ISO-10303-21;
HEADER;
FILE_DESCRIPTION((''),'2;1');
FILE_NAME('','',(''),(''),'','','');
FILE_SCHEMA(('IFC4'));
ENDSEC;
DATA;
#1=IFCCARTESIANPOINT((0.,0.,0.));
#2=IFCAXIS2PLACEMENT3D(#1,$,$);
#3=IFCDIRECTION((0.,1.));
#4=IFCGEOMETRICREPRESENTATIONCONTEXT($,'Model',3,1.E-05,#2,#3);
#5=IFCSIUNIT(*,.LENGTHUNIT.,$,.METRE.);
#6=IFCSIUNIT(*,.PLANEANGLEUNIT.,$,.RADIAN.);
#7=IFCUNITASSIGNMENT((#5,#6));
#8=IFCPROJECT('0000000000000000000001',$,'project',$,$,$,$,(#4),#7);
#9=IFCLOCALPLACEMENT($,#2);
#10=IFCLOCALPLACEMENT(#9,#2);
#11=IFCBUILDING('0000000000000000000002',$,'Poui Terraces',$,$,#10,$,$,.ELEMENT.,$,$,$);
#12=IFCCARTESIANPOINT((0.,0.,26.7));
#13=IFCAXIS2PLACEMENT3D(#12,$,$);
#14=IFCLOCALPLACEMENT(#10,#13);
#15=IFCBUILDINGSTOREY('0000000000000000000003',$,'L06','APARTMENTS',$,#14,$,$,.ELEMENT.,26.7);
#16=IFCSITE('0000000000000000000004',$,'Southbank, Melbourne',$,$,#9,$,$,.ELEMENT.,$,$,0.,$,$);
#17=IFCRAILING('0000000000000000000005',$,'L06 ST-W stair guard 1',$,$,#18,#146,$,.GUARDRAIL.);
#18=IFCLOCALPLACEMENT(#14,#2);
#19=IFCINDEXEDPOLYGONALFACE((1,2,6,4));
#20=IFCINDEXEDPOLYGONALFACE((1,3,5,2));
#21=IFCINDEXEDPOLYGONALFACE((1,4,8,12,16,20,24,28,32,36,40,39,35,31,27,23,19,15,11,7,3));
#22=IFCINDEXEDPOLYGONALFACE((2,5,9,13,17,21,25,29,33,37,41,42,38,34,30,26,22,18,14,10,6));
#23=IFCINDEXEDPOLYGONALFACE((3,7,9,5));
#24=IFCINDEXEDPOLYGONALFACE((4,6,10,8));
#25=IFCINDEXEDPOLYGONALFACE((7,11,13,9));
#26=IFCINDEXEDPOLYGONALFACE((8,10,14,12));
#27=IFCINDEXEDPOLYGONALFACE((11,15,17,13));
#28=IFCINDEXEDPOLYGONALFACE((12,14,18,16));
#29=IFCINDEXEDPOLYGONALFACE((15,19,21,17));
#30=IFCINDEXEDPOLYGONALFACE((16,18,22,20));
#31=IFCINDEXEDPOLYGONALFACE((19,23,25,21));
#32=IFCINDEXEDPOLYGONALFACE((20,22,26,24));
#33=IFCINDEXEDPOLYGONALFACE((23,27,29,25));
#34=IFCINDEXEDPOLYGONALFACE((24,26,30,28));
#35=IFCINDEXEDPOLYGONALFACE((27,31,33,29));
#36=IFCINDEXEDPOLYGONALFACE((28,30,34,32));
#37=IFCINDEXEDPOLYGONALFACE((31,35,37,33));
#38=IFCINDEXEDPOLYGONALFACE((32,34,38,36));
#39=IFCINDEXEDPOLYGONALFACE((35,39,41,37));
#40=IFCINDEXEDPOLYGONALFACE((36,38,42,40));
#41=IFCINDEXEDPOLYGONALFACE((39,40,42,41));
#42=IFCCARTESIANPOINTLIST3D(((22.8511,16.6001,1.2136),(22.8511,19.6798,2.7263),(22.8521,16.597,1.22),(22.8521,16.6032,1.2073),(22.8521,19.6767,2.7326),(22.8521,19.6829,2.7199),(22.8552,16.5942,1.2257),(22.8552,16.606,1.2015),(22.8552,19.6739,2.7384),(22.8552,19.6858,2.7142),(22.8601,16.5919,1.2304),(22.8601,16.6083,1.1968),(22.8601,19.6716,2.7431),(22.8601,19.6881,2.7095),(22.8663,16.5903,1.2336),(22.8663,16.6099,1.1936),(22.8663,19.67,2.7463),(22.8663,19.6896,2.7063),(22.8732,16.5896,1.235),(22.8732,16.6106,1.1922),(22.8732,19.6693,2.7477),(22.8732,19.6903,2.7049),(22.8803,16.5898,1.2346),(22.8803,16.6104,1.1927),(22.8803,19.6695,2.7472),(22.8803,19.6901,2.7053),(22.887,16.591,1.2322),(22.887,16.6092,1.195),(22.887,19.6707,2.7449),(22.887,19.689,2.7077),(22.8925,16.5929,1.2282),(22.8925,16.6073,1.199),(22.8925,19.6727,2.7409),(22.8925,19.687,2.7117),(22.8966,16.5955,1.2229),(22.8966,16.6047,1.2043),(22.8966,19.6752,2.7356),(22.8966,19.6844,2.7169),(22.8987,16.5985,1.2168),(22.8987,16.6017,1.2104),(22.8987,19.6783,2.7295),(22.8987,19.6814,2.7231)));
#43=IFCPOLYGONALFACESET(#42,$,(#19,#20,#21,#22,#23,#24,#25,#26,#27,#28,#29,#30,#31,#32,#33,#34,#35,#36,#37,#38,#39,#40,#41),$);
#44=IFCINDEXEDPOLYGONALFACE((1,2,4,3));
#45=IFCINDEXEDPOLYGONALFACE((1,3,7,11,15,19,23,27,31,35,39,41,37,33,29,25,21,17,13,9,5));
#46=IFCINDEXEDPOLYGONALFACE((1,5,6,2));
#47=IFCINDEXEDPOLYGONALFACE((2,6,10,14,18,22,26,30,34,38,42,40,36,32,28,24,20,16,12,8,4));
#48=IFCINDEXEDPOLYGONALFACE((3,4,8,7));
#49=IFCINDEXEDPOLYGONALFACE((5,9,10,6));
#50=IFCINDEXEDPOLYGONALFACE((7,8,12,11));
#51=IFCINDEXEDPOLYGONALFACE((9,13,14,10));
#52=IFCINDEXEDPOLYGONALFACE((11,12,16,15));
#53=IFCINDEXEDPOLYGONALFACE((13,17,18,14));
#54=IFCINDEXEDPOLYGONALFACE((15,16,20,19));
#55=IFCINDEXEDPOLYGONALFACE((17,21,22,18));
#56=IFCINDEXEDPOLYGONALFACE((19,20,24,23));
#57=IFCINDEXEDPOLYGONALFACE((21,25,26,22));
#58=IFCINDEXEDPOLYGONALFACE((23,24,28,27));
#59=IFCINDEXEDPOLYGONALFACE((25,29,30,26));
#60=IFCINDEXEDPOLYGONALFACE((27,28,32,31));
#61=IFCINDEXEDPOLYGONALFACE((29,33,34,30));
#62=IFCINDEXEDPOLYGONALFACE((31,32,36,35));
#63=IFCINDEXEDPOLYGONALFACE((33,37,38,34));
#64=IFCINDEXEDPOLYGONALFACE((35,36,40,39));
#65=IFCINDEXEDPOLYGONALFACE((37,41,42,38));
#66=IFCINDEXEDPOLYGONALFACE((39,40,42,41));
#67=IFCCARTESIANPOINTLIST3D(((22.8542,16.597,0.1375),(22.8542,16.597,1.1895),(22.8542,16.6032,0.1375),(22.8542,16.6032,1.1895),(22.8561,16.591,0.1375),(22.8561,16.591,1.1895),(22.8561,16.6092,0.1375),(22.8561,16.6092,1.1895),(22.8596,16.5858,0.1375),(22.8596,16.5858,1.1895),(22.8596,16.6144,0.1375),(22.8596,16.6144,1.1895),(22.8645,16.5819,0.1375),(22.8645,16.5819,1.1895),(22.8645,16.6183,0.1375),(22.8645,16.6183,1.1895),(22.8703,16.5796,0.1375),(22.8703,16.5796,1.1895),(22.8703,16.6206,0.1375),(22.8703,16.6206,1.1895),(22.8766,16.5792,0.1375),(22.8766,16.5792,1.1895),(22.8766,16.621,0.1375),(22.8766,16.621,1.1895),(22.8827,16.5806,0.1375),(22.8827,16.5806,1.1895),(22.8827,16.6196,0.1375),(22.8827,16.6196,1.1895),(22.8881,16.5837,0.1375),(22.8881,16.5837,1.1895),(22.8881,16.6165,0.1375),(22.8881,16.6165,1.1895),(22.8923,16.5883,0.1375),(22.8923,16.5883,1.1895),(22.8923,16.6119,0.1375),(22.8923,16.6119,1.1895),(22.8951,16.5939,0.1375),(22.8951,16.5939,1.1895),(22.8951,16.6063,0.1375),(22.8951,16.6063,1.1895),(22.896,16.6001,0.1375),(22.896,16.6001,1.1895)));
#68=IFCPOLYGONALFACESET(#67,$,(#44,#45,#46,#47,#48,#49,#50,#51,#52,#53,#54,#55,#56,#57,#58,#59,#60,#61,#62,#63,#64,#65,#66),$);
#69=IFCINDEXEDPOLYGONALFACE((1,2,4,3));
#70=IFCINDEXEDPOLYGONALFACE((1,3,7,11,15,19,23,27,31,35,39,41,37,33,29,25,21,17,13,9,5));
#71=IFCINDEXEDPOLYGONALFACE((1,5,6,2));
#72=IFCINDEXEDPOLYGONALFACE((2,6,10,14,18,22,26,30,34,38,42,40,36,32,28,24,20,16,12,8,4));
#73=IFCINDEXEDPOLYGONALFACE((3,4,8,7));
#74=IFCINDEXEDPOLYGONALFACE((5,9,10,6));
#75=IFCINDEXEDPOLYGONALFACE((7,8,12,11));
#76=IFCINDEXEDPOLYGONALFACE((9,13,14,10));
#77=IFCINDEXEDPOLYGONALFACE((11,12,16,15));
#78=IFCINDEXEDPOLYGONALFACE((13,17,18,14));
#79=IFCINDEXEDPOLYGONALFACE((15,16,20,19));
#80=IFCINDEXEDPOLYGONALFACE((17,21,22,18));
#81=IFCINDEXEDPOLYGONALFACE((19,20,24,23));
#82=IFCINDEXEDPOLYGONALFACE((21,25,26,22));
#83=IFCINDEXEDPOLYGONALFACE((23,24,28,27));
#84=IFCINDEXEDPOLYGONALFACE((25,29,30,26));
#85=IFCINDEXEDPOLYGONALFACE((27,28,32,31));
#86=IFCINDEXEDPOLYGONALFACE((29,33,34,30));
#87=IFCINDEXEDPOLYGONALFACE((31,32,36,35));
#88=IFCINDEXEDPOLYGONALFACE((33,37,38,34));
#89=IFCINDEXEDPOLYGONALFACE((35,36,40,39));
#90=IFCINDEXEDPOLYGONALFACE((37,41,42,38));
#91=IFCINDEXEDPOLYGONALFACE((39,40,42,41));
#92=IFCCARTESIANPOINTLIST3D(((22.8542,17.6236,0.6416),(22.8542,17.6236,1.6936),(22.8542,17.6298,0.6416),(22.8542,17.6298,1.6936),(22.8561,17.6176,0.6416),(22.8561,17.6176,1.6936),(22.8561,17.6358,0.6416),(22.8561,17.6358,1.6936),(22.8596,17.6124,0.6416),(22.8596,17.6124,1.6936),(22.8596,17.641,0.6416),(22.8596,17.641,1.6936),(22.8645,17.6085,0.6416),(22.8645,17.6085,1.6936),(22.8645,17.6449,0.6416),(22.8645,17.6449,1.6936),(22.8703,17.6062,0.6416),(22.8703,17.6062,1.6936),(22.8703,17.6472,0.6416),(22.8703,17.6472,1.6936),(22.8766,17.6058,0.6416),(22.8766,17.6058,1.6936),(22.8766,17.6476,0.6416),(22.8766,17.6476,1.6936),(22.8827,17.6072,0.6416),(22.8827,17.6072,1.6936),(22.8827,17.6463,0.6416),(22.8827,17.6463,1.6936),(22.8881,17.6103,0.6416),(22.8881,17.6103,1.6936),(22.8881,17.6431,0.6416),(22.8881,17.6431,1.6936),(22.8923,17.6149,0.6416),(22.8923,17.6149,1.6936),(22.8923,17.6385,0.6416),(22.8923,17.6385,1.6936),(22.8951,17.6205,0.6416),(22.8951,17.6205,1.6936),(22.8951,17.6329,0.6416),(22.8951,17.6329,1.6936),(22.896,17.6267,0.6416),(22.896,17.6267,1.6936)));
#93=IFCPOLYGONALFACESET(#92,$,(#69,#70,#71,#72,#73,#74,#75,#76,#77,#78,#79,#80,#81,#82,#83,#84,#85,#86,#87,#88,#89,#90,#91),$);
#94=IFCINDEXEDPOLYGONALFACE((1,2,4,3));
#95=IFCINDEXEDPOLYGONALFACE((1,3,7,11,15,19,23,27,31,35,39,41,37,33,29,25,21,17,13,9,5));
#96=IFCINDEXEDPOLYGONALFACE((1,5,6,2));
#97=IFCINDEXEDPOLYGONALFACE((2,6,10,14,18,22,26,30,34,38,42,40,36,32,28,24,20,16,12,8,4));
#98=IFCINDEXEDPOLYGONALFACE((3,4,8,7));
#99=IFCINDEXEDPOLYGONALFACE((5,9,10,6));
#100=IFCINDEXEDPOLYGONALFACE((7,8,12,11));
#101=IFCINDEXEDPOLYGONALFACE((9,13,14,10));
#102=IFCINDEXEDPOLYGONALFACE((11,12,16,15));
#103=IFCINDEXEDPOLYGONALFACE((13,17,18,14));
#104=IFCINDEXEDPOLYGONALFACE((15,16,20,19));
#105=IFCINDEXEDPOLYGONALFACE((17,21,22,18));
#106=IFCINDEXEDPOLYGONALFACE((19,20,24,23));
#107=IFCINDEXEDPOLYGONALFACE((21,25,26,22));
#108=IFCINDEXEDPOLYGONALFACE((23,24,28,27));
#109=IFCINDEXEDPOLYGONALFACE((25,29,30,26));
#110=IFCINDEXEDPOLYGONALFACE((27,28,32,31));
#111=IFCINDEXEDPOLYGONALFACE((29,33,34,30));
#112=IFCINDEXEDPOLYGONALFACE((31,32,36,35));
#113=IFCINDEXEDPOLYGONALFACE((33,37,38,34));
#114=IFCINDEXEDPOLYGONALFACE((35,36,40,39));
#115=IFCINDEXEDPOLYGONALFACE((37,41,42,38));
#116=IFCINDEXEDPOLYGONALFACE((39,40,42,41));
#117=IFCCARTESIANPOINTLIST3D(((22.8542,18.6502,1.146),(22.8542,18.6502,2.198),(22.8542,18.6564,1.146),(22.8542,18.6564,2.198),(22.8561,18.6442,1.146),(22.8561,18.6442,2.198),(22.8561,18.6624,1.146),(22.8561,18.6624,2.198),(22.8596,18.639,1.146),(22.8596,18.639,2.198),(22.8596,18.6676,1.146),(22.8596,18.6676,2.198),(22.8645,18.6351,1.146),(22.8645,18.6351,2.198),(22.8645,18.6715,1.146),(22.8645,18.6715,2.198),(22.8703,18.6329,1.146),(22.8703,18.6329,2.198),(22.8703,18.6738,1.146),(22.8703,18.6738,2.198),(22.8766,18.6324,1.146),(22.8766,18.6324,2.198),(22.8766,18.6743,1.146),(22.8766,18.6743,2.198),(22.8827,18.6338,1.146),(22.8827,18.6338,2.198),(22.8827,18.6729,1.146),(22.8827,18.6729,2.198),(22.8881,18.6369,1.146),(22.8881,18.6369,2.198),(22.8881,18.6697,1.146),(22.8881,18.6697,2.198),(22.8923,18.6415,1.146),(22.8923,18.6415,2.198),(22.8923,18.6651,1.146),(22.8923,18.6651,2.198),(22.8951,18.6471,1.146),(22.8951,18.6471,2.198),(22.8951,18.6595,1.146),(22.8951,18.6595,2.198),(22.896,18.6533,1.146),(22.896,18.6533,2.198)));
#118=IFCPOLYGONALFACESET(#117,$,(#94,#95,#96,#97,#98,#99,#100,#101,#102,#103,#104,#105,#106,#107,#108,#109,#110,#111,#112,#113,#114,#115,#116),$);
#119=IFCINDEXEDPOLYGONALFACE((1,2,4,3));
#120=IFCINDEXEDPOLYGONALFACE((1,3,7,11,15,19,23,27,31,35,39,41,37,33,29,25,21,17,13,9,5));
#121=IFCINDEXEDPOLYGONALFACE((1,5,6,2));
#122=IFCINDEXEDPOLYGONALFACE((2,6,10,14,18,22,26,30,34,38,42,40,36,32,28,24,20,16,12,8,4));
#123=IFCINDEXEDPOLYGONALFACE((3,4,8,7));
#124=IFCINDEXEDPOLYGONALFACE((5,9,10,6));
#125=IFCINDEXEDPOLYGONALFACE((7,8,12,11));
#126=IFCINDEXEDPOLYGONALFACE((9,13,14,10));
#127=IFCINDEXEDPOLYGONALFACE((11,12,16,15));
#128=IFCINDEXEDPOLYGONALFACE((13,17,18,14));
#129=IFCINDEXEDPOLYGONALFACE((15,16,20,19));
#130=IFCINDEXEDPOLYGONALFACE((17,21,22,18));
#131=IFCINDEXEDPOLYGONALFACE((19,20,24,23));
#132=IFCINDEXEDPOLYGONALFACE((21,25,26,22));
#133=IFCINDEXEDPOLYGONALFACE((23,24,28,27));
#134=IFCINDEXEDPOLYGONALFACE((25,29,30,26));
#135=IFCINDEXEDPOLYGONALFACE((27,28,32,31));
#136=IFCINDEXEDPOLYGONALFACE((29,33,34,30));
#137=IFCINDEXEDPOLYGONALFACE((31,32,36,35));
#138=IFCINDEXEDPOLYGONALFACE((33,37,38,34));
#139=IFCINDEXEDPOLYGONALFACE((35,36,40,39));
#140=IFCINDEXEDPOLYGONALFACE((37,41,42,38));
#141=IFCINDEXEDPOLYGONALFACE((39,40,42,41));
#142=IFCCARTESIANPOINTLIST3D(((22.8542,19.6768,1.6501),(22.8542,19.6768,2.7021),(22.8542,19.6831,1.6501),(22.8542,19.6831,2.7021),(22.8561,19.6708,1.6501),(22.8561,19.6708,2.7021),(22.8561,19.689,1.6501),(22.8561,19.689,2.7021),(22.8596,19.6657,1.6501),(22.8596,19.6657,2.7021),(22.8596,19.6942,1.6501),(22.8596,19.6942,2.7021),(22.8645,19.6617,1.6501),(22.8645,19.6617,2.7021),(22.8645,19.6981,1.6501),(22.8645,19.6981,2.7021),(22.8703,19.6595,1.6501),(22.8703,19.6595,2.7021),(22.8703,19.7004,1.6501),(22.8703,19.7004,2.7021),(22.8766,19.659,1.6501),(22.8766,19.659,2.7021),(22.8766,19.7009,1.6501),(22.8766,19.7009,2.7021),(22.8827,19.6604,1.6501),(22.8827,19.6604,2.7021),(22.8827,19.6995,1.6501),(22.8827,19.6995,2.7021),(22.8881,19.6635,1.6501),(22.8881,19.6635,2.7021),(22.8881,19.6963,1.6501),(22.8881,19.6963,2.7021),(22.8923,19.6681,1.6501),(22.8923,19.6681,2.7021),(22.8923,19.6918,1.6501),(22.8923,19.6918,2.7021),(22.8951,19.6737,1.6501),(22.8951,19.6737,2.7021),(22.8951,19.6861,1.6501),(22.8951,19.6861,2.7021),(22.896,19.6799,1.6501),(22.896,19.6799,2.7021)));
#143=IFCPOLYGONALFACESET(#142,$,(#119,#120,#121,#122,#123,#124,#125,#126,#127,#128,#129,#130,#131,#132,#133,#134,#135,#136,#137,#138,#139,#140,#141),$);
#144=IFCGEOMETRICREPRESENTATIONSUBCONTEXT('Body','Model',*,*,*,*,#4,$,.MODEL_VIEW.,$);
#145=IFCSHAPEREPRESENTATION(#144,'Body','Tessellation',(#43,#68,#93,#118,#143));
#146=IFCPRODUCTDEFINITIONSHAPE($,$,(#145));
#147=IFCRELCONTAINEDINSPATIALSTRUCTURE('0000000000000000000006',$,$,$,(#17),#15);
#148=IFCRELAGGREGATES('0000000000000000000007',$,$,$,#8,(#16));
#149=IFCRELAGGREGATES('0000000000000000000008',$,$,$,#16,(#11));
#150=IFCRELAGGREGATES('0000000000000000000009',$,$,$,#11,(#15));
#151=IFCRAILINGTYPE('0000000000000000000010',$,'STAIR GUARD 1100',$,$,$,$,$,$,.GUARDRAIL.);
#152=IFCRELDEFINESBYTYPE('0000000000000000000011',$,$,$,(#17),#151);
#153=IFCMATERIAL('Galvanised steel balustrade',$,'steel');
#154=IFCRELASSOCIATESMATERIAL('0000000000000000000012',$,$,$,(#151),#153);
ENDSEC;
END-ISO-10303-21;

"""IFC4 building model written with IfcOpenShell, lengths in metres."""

from ifc_helpers import new_model, si_unit, direction, frame, origin, origin_2d, place, context, subcontext, project, spatial, circle, extrude, material, type_object, element, save


model = new_model("IFC4")

# Units and contexts
model_context = context("Model", 3, precision=1e-05, world=origin(), true_north=direction((0.0, 1.0)))
body_context = subcontext(model_context, "Body", "Model", "MODEL_VIEW")
ifc_project = project(units=[si_unit("LENGTHUNIT", "METRE"), si_unit("PLANEANGLEUNIT", "RADIAN")], contexts=[model_context])

# Site, building, storey
site_placement = place(None, origin())
site = spatial("IfcSite", under=ifc_project, at=site_placement, Name="Southbank, Melbourne", CompositionType="ELEMENT", RefElevation=0.0)
building_placement = place(site_placement, origin())
building = spatial("IfcBuilding", under=site, at=building_placement, Name="Poui Terraces", CompositionType="ELEMENT")
storey_placement = place(building_placement, frame((0.0, 0.0, 26.7)))
storey = spatial("IfcBuildingStorey", under=building, at=storey_placement, Name="L06", Description="APARTMENTS", CompositionType="ELEMENT", Elevation=26.7)

# Railing
ifc_material_1 = material(Name="Galvanised steel balustrade", Category="steel")
railing_type_1 = type_object("IfcRailingType", Name="STAIR GUARD 1100", PredefinedType="GUARDRAIL", material=ifc_material_1)
railing_1_placement = place(storey_placement, frame((22.875, 16.6001, 0.1375)))
element("IfcRailing", 1, at=railing_1_placement, inside=storey, type_object=railing_type_1, Name="L06 ST-W stair guard 1", PredefinedType="GUARDRAIL", context=body_context, shape_type="SweptSolid", body=[
    extrude(circle(Radius=0.0239, at=origin_2d()), frame((0.0, 0.0, 1.0762), z_axis=(0.0, 0.897578, 0.440856), x_axis=(-1.0, 0.0, 0.0)), (0.0, 0.0, 1.0), 3.4312),
    extrude(circle(Radius=0.021, at=origin_2d()), origin(), (0.0, 0.0, 1.0), 1.052),
    extrude(circle(Radius=0.021, at=origin_2d()), frame((0.0, 1.0266, 0.5042)), (0.0, 0.0, 1.0), 1.052),
    extrude(circle(Radius=0.021, at=origin_2d()), frame((0.0, 2.0532, 1.0085)), (0.0, 0.0, 1.0), 1.052),
    extrude(circle(Radius=0.021, at=origin_2d()), frame((0.0, 3.0798, 1.5127)), (0.0, 0.0, 1.0), 1.052),
])

save(model, "model.ifc")
